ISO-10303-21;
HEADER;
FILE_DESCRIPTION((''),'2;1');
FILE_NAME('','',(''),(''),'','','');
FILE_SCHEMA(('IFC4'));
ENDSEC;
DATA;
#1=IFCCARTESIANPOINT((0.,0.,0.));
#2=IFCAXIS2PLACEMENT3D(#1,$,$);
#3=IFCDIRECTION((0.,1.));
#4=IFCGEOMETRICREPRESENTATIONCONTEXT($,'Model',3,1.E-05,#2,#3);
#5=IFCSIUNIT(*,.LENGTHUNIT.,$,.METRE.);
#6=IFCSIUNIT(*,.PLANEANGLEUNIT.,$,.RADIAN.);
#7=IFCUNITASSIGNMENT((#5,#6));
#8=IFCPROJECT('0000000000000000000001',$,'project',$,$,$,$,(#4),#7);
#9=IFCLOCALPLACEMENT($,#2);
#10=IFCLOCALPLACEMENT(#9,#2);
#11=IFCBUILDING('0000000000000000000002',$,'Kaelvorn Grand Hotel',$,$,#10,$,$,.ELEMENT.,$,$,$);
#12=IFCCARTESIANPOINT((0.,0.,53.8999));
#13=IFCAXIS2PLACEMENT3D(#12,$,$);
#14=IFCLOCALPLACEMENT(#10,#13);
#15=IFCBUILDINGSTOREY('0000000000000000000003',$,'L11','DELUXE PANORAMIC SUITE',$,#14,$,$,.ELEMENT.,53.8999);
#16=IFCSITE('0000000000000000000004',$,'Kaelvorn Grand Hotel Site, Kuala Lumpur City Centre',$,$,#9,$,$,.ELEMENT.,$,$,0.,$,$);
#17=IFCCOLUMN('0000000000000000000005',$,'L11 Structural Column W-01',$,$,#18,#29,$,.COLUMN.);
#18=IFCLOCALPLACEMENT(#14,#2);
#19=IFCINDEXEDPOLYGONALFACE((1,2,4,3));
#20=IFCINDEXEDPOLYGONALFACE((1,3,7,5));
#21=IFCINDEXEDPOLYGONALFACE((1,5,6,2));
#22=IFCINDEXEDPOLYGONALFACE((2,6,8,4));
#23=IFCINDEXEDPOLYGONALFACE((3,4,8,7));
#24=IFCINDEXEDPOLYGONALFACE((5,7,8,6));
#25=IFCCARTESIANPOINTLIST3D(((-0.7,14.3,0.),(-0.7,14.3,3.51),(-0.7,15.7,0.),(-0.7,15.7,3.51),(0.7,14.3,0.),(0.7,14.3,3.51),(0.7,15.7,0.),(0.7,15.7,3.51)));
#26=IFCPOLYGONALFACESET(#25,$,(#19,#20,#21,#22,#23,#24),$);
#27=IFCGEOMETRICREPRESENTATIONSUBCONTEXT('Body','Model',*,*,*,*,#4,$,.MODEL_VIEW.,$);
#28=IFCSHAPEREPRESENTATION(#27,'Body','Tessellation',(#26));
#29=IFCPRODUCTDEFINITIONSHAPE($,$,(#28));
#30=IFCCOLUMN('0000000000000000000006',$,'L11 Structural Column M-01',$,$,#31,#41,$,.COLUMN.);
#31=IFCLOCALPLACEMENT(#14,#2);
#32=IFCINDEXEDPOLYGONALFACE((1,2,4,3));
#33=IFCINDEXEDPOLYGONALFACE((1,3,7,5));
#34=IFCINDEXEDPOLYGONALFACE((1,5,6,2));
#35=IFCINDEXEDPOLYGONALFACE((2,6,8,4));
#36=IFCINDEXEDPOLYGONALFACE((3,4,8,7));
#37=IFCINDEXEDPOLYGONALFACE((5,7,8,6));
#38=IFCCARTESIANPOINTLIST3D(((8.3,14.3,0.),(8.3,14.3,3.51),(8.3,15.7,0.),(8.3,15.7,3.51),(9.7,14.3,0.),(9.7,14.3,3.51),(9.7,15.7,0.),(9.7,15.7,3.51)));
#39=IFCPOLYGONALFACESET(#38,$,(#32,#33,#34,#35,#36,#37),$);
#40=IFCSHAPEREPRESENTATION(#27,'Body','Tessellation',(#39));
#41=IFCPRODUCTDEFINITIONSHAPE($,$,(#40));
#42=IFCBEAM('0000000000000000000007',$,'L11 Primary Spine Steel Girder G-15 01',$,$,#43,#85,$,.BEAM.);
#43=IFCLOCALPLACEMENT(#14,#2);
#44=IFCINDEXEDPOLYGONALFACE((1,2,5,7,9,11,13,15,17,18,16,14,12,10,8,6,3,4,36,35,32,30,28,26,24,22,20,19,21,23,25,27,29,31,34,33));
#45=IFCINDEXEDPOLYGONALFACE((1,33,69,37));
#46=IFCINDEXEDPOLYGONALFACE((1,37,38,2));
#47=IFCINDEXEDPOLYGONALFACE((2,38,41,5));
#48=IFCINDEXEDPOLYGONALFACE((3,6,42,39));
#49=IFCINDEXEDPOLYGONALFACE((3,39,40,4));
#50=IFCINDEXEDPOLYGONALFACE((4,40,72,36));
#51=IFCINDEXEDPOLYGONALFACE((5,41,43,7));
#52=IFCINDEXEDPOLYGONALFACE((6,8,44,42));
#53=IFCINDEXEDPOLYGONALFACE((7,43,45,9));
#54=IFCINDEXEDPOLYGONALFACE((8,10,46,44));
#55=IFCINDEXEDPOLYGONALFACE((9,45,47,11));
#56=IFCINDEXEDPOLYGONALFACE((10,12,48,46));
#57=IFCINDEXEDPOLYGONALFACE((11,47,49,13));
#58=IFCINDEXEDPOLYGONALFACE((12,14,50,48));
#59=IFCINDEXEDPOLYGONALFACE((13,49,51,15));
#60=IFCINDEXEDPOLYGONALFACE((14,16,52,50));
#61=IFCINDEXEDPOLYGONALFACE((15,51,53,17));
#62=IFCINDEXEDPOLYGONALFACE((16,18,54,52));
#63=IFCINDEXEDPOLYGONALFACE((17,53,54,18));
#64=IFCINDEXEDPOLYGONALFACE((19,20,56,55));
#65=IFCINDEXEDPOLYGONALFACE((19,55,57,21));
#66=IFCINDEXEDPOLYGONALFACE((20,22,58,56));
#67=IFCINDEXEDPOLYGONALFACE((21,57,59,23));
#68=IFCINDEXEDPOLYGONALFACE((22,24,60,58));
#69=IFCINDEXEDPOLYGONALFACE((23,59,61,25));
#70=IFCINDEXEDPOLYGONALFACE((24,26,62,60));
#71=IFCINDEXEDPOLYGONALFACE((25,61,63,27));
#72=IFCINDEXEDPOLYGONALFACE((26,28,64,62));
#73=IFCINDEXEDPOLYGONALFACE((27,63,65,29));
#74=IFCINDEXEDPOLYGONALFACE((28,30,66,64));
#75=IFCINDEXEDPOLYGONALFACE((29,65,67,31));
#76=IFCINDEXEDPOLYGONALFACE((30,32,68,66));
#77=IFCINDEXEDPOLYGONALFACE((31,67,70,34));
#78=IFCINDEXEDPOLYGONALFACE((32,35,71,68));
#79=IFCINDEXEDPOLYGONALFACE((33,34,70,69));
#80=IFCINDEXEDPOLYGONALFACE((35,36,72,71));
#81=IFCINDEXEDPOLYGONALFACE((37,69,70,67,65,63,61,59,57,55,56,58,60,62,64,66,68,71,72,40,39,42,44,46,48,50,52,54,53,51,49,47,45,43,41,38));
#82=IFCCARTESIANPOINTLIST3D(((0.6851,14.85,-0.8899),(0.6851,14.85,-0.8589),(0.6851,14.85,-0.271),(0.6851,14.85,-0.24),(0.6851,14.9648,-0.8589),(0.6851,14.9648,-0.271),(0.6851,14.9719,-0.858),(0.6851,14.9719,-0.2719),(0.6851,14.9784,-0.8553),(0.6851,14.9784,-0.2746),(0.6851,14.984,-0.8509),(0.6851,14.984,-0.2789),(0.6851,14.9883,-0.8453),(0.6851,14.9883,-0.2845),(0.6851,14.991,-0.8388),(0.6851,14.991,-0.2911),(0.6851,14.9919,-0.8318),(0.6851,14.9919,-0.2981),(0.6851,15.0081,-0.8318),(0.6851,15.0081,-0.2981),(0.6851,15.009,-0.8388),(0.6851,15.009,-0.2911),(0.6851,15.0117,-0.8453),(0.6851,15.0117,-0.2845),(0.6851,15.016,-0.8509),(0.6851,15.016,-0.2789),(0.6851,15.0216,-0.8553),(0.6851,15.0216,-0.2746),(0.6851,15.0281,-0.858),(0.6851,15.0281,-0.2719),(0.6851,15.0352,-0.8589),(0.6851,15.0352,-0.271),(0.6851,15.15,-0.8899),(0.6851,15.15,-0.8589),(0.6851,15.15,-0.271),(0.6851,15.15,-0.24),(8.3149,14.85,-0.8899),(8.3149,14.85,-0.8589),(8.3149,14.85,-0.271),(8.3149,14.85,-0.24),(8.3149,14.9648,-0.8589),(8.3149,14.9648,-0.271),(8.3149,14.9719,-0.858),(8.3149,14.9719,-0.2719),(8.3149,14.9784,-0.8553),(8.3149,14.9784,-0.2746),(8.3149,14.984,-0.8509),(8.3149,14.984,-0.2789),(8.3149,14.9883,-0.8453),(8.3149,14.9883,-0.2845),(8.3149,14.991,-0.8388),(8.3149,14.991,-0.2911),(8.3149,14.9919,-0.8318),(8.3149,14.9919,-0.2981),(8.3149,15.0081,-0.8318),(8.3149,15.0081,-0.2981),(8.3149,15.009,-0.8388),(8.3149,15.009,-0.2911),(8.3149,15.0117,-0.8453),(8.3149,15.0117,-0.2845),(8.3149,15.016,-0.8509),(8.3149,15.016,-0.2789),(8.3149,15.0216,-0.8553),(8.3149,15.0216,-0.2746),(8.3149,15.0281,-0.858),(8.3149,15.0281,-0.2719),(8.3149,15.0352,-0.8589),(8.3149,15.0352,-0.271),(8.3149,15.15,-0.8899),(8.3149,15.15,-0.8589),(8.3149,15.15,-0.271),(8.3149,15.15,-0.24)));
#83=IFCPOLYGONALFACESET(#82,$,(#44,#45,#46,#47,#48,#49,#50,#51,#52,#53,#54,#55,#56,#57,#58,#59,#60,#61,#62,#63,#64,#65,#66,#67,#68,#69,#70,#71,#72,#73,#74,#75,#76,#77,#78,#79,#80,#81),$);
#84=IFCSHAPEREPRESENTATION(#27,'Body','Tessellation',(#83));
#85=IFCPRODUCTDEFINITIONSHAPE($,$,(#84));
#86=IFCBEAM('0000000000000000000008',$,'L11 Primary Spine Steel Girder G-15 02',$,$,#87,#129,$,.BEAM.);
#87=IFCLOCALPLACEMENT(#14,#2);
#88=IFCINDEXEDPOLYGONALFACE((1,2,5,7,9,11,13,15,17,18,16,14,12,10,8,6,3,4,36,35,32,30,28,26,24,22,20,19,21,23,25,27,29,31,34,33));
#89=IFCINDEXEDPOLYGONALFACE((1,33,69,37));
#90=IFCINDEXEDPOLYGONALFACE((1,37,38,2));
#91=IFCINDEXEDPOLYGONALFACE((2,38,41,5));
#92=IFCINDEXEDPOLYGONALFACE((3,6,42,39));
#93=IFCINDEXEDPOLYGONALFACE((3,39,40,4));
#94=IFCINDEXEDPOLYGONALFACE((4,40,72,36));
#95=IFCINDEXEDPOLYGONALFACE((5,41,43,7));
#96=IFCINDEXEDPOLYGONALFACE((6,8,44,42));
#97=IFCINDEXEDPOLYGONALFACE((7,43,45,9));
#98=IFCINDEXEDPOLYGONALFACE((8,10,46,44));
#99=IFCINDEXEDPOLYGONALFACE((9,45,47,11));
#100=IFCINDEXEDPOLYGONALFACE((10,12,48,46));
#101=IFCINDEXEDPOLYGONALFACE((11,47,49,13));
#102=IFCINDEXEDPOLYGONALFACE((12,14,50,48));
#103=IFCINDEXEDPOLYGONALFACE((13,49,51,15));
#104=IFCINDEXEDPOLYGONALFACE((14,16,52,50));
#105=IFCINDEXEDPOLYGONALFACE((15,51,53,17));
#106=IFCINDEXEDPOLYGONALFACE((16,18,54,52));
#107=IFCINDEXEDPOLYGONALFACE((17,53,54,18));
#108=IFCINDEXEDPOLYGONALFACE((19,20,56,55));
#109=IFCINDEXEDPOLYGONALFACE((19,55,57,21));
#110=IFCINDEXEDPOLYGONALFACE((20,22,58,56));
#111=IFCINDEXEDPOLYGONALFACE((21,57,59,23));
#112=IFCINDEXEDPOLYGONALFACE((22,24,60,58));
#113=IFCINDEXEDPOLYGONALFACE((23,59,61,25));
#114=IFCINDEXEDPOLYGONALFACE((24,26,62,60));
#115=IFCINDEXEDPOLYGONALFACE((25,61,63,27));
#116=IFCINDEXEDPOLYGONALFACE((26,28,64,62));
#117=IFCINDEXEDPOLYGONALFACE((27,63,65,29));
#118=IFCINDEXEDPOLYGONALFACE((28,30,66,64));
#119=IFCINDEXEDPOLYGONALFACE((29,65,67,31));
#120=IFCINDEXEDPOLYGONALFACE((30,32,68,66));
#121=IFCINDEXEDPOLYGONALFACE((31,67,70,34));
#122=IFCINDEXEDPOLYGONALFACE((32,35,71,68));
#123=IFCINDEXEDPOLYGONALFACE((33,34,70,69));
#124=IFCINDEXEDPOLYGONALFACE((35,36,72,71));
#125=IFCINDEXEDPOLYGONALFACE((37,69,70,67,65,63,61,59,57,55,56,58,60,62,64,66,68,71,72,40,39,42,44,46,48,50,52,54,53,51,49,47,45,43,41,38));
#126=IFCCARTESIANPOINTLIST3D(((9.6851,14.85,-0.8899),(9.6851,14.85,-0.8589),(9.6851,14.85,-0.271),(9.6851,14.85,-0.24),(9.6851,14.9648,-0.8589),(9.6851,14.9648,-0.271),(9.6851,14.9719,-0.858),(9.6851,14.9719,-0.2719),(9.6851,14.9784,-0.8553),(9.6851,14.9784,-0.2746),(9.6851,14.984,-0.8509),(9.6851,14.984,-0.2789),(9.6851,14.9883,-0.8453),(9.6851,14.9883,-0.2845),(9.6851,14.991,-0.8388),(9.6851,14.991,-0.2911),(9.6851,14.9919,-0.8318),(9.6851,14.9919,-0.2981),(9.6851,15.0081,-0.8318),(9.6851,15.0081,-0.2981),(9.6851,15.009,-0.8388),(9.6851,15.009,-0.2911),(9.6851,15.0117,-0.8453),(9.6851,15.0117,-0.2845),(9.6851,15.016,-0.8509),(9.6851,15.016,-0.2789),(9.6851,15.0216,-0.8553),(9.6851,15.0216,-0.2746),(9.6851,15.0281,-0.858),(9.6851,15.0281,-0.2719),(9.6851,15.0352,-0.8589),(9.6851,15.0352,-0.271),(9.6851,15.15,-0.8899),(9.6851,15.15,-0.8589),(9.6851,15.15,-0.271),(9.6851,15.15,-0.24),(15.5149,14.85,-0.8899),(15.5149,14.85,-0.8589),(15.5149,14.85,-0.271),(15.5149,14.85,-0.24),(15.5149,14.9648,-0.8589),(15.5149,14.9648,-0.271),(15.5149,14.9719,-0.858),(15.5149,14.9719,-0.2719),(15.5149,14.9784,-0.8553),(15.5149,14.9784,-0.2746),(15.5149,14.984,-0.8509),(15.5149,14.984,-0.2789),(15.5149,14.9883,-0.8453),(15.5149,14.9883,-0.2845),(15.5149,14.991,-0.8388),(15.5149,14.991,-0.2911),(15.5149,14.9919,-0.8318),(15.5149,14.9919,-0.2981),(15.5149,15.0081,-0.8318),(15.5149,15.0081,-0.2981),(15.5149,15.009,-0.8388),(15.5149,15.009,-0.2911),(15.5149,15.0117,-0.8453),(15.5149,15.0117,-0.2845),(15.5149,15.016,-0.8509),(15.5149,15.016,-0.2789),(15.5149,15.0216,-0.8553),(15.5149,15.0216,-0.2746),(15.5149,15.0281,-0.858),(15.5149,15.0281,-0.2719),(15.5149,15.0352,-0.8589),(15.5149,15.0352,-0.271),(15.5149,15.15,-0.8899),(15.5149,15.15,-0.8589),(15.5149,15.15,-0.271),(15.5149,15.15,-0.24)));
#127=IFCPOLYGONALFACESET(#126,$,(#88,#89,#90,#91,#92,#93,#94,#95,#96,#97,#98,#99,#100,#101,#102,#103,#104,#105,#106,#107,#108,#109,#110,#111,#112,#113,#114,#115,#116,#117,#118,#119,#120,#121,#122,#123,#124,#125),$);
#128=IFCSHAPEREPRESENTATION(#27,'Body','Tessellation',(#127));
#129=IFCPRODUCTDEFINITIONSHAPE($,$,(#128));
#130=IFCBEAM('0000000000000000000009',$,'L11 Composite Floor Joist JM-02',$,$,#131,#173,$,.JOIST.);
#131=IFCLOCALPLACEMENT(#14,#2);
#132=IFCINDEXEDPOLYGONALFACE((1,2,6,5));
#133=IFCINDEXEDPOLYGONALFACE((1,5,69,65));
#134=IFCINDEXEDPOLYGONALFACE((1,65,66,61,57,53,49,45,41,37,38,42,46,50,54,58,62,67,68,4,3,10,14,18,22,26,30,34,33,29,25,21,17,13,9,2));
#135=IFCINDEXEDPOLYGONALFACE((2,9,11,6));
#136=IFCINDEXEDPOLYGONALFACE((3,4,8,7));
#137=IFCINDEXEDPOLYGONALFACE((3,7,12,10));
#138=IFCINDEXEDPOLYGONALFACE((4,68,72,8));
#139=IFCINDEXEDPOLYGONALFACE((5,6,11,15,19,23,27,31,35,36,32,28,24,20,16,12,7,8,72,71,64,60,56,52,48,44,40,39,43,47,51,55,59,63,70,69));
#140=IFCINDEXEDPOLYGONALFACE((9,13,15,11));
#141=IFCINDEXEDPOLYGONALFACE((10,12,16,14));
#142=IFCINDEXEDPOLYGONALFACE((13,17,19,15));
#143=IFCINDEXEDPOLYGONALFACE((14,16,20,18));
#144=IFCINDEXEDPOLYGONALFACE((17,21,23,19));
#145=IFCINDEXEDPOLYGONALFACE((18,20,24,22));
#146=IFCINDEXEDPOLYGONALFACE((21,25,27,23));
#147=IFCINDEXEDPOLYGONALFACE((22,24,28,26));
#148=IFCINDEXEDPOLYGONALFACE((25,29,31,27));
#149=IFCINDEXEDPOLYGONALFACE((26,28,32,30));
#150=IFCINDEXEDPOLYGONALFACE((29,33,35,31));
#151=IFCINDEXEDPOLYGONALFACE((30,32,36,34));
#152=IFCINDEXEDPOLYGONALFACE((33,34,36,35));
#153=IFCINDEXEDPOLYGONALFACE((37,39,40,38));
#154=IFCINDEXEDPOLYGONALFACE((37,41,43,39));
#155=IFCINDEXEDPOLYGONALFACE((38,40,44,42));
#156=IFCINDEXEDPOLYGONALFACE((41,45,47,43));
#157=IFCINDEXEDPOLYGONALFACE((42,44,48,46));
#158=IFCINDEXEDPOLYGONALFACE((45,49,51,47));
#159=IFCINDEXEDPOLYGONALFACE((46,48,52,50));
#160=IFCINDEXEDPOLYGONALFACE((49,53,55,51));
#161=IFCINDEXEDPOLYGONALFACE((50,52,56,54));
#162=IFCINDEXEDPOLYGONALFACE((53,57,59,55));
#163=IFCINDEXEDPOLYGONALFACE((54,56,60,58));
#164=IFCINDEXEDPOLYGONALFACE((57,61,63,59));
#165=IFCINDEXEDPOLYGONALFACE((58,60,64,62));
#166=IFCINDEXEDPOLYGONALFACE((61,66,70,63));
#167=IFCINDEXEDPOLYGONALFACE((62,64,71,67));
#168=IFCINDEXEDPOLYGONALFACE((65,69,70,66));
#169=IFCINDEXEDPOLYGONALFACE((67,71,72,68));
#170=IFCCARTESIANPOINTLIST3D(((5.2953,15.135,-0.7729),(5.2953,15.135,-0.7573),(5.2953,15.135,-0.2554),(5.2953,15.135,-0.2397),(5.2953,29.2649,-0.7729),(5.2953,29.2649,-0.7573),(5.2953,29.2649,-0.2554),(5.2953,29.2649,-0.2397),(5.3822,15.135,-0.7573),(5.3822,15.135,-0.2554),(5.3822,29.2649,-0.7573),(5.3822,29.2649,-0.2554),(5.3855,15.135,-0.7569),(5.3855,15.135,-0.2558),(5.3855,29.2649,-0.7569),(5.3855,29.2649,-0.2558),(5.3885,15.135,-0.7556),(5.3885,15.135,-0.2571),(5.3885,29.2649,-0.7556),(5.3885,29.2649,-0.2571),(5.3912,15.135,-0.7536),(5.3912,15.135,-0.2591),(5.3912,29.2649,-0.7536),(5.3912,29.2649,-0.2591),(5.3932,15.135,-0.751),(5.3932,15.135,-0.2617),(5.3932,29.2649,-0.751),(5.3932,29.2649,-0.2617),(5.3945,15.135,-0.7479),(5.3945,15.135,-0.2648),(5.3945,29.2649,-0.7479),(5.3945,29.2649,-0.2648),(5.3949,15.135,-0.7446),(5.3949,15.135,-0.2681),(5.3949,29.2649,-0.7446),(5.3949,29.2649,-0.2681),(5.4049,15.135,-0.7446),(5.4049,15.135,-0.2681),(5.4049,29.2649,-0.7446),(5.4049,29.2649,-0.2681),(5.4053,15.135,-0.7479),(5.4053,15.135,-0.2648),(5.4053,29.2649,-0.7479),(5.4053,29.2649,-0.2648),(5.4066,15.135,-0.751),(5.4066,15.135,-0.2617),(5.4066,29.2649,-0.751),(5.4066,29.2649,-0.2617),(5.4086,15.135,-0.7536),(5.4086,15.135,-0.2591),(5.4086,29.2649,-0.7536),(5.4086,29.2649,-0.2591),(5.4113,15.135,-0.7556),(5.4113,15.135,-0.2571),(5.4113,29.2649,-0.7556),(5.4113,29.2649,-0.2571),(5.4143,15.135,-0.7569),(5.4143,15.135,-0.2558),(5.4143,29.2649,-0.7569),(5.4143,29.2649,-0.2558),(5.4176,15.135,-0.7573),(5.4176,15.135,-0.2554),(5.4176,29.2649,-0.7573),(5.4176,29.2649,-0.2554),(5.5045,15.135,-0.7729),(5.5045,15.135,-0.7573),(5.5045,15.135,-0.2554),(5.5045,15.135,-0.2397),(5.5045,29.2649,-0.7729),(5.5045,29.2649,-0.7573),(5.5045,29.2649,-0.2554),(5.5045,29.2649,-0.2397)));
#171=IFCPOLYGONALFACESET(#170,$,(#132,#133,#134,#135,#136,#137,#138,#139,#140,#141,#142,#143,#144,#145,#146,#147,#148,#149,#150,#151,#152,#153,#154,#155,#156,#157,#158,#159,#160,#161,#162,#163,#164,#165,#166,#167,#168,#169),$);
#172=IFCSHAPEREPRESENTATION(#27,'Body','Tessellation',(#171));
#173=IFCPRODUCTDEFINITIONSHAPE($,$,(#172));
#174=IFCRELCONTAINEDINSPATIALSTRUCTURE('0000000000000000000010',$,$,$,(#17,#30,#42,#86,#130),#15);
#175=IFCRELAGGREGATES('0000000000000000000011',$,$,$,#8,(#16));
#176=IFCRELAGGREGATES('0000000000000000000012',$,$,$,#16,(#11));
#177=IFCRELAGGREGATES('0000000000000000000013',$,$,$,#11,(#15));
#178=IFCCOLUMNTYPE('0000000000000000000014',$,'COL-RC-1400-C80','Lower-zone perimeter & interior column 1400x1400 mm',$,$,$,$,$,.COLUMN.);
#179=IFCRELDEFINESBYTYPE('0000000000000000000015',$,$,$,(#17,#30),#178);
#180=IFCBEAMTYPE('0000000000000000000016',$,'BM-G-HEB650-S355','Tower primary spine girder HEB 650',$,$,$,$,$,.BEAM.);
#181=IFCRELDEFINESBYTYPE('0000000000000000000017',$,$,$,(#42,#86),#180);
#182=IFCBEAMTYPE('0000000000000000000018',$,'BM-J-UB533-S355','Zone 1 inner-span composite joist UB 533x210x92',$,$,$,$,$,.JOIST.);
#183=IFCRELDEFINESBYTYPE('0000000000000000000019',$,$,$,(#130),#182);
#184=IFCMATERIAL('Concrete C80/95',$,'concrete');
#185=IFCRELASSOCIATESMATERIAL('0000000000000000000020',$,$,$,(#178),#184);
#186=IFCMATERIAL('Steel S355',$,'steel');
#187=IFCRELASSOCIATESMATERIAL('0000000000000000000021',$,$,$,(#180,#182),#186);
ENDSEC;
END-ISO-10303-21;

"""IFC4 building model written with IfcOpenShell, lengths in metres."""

from ifc_helpers import new_model, si_unit, direction, frame, origin, origin_2d, place, context, subcontext, project, spatial, rectangle, i_section, extrude, material, material_profile, profile_set, type_object, element, save


model = new_model("IFC4")

# Units and contexts
model_context = context("Model", 3, precision=1e-05, world=origin(), true_north=direction((0.0, 1.0)))
body_context = subcontext(model_context, "Body", "Model", "MODEL_VIEW")
ifc_project = project(units=[si_unit("LENGTHUNIT", "METRE"), si_unit("PLANEANGLEUNIT", "RADIAN")], contexts=[model_context])

# Site, building, storey
site_placement = place(None, origin())
site = spatial("IfcSite", under=ifc_project, at=site_placement, Name="Kaelvorn Grand Hotel Site, Kuala Lumpur City Centre", CompositionType="ELEMENT", RefElevation=0.0)
building_placement = place(site_placement, origin())
building = spatial("IfcBuilding", under=site, at=building_placement, Name="Kaelvorn Grand Hotel", CompositionType="ELEMENT")
storey_placement = place(building_placement, frame((0.0, 0.0, 53.8999)))
storey = spatial("IfcBuildingStorey", under=building, at=storey_placement, Name="L11", Description="DELUXE PANORAMIC SUITE", CompositionType="ELEMENT", Elevation=53.8999)

# Columns
ifc_material_1 = material(Name="Concrete C80/95", Category="concrete")
ifc_material_profile_1 = material_profile(ifc_material_1, rectangle(XDim=1.3999, YDim=1.3999, at=origin_2d()), Name="RC COL 1400x1400")
ifc_profile_set_1 = profile_set([ifc_material_profile_1], Name="Concrete C80/95")
column_type = type_object("IfcColumnType", Name="COL-RC-1400-C80", Description="Lower-zone perimeter & interior column 1400x1400 mm", PredefinedType="COLUMN", material=ifc_profile_set_1)
for number, where, z_axis, x_axis, name in (
    (1, (0.0, 15.0, 0.0), (0.0, 0.0, 1.0), (1.0, 0.0, 0.0), "L11 Structural Column W-01"),
    (2, (9.0, 15.0, 0.0), (0.0, 0.0, 1.0), (1.0, 0.0, 0.0), "L11 Structural Column M-01"),
):
    element("IfcColumn", number, at=place(storey_placement, frame(where, z_axis=z_axis, x_axis=x_axis)), inside=storey, type_object=column_type, Name=name, PredefinedType="COLUMN", context=body_context, shape_type="SweptSolid", body=[
        extrude(rectangle(XDim=1.3999, YDim=1.3999, at=origin_2d()), origin(), (0.0, 0.0, 1.0), 3.51),
    ])

# Beams
ifc_material_2 = material(Name="Steel S355", Category="steel")
ifc_material_profile_2 = material_profile(ifc_material_2, i_section(OverallWidth=0.3, OverallDepth=0.6499, WebThickness=0.0161, FlangeThickness=0.031, FilletRadius=0.0271, at=origin_2d()), Name="HEB 650")
ifc_profile_set_2 = profile_set([ifc_material_profile_2], Name="Steel S355")
beam_type_1 = type_object("IfcBeamType", Name="BM-G-HEB650-S355", Description="Tower primary spine girder HEB 650", PredefinedType="BEAM", material=ifc_profile_set_2)
beam_1_placement = place(storey_placement, frame((0.6851, 15.0, -0.5649), z_axis=(1.0, 0.0, 0.0), x_axis=(0.0, 1.0, 0.0)))
element("IfcBeam", 3, at=beam_1_placement, inside=storey, type_object=beam_type_1, Name="L11 Primary Spine Steel Girder G-15 01", PredefinedType="BEAM", context=body_context, shape_type="SweptSolid", body=[
    extrude(i_section(OverallWidth=0.3, OverallDepth=0.6499, WebThickness=0.0161, FlangeThickness=0.031, FilletRadius=0.0271, at=origin_2d()), origin(), (0.0, 0.0, 1.0), 7.6299),
])
beam_2_placement = place(storey_placement, frame((9.6851, 15.0, -0.5649), z_axis=(1.0, 0.0, 0.0), x_axis=(0.0, 1.0, 0.0)))
element("IfcBeam", 4, at=beam_2_placement, inside=storey, type_object=beam_type_1, Name="L11 Primary Spine Steel Girder G-15 02", PredefinedType="BEAM", context=body_context, shape_type="SweptSolid", body=[
    extrude(i_section(OverallWidth=0.3, OverallDepth=0.6499, WebThickness=0.0161, FlangeThickness=0.031, FilletRadius=0.0271, at=origin_2d()), origin(), (0.0, 0.0, 1.0), 5.8298),
])
ifc_material_profile_3 = material_profile(ifc_material_2, i_section(OverallWidth=0.2092, OverallDepth=0.5332, WebThickness=0.01, FlangeThickness=0.0156, FilletRadius=0.0127, at=origin_2d()), Name="UB 533x210x92")
ifc_profile_set_3 = profile_set([ifc_material_profile_3], Name="Steel S355")
beam_type_2 = type_object("IfcBeamType", Name="BM-J-UB533-S355", Description="Zone 1 inner-span composite joist UB 533x210x92", PredefinedType="JOIST", material=ifc_profile_set_3)
beam_3_placement = place(storey_placement, frame((5.3999, 15.135, -0.5063), z_axis=(0.0, 1.0, 0.0), x_axis=(-1.0, 0.0, 0.0)))
element("IfcBeam", 5, at=beam_3_placement, inside=storey, type_object=beam_type_2, Name="L11 Composite Floor Joist JM-02", PredefinedType="JOIST", context=body_context, shape_type="SweptSolid", body=[
    extrude(i_section(OverallWidth=0.2092, OverallDepth=0.5332, WebThickness=0.01, FlangeThickness=0.0156, FilletRadius=0.0127, at=origin_2d()), origin(), (0.0, 0.0, 1.0), 14.1299),
])

save(model, "model.ifc")
